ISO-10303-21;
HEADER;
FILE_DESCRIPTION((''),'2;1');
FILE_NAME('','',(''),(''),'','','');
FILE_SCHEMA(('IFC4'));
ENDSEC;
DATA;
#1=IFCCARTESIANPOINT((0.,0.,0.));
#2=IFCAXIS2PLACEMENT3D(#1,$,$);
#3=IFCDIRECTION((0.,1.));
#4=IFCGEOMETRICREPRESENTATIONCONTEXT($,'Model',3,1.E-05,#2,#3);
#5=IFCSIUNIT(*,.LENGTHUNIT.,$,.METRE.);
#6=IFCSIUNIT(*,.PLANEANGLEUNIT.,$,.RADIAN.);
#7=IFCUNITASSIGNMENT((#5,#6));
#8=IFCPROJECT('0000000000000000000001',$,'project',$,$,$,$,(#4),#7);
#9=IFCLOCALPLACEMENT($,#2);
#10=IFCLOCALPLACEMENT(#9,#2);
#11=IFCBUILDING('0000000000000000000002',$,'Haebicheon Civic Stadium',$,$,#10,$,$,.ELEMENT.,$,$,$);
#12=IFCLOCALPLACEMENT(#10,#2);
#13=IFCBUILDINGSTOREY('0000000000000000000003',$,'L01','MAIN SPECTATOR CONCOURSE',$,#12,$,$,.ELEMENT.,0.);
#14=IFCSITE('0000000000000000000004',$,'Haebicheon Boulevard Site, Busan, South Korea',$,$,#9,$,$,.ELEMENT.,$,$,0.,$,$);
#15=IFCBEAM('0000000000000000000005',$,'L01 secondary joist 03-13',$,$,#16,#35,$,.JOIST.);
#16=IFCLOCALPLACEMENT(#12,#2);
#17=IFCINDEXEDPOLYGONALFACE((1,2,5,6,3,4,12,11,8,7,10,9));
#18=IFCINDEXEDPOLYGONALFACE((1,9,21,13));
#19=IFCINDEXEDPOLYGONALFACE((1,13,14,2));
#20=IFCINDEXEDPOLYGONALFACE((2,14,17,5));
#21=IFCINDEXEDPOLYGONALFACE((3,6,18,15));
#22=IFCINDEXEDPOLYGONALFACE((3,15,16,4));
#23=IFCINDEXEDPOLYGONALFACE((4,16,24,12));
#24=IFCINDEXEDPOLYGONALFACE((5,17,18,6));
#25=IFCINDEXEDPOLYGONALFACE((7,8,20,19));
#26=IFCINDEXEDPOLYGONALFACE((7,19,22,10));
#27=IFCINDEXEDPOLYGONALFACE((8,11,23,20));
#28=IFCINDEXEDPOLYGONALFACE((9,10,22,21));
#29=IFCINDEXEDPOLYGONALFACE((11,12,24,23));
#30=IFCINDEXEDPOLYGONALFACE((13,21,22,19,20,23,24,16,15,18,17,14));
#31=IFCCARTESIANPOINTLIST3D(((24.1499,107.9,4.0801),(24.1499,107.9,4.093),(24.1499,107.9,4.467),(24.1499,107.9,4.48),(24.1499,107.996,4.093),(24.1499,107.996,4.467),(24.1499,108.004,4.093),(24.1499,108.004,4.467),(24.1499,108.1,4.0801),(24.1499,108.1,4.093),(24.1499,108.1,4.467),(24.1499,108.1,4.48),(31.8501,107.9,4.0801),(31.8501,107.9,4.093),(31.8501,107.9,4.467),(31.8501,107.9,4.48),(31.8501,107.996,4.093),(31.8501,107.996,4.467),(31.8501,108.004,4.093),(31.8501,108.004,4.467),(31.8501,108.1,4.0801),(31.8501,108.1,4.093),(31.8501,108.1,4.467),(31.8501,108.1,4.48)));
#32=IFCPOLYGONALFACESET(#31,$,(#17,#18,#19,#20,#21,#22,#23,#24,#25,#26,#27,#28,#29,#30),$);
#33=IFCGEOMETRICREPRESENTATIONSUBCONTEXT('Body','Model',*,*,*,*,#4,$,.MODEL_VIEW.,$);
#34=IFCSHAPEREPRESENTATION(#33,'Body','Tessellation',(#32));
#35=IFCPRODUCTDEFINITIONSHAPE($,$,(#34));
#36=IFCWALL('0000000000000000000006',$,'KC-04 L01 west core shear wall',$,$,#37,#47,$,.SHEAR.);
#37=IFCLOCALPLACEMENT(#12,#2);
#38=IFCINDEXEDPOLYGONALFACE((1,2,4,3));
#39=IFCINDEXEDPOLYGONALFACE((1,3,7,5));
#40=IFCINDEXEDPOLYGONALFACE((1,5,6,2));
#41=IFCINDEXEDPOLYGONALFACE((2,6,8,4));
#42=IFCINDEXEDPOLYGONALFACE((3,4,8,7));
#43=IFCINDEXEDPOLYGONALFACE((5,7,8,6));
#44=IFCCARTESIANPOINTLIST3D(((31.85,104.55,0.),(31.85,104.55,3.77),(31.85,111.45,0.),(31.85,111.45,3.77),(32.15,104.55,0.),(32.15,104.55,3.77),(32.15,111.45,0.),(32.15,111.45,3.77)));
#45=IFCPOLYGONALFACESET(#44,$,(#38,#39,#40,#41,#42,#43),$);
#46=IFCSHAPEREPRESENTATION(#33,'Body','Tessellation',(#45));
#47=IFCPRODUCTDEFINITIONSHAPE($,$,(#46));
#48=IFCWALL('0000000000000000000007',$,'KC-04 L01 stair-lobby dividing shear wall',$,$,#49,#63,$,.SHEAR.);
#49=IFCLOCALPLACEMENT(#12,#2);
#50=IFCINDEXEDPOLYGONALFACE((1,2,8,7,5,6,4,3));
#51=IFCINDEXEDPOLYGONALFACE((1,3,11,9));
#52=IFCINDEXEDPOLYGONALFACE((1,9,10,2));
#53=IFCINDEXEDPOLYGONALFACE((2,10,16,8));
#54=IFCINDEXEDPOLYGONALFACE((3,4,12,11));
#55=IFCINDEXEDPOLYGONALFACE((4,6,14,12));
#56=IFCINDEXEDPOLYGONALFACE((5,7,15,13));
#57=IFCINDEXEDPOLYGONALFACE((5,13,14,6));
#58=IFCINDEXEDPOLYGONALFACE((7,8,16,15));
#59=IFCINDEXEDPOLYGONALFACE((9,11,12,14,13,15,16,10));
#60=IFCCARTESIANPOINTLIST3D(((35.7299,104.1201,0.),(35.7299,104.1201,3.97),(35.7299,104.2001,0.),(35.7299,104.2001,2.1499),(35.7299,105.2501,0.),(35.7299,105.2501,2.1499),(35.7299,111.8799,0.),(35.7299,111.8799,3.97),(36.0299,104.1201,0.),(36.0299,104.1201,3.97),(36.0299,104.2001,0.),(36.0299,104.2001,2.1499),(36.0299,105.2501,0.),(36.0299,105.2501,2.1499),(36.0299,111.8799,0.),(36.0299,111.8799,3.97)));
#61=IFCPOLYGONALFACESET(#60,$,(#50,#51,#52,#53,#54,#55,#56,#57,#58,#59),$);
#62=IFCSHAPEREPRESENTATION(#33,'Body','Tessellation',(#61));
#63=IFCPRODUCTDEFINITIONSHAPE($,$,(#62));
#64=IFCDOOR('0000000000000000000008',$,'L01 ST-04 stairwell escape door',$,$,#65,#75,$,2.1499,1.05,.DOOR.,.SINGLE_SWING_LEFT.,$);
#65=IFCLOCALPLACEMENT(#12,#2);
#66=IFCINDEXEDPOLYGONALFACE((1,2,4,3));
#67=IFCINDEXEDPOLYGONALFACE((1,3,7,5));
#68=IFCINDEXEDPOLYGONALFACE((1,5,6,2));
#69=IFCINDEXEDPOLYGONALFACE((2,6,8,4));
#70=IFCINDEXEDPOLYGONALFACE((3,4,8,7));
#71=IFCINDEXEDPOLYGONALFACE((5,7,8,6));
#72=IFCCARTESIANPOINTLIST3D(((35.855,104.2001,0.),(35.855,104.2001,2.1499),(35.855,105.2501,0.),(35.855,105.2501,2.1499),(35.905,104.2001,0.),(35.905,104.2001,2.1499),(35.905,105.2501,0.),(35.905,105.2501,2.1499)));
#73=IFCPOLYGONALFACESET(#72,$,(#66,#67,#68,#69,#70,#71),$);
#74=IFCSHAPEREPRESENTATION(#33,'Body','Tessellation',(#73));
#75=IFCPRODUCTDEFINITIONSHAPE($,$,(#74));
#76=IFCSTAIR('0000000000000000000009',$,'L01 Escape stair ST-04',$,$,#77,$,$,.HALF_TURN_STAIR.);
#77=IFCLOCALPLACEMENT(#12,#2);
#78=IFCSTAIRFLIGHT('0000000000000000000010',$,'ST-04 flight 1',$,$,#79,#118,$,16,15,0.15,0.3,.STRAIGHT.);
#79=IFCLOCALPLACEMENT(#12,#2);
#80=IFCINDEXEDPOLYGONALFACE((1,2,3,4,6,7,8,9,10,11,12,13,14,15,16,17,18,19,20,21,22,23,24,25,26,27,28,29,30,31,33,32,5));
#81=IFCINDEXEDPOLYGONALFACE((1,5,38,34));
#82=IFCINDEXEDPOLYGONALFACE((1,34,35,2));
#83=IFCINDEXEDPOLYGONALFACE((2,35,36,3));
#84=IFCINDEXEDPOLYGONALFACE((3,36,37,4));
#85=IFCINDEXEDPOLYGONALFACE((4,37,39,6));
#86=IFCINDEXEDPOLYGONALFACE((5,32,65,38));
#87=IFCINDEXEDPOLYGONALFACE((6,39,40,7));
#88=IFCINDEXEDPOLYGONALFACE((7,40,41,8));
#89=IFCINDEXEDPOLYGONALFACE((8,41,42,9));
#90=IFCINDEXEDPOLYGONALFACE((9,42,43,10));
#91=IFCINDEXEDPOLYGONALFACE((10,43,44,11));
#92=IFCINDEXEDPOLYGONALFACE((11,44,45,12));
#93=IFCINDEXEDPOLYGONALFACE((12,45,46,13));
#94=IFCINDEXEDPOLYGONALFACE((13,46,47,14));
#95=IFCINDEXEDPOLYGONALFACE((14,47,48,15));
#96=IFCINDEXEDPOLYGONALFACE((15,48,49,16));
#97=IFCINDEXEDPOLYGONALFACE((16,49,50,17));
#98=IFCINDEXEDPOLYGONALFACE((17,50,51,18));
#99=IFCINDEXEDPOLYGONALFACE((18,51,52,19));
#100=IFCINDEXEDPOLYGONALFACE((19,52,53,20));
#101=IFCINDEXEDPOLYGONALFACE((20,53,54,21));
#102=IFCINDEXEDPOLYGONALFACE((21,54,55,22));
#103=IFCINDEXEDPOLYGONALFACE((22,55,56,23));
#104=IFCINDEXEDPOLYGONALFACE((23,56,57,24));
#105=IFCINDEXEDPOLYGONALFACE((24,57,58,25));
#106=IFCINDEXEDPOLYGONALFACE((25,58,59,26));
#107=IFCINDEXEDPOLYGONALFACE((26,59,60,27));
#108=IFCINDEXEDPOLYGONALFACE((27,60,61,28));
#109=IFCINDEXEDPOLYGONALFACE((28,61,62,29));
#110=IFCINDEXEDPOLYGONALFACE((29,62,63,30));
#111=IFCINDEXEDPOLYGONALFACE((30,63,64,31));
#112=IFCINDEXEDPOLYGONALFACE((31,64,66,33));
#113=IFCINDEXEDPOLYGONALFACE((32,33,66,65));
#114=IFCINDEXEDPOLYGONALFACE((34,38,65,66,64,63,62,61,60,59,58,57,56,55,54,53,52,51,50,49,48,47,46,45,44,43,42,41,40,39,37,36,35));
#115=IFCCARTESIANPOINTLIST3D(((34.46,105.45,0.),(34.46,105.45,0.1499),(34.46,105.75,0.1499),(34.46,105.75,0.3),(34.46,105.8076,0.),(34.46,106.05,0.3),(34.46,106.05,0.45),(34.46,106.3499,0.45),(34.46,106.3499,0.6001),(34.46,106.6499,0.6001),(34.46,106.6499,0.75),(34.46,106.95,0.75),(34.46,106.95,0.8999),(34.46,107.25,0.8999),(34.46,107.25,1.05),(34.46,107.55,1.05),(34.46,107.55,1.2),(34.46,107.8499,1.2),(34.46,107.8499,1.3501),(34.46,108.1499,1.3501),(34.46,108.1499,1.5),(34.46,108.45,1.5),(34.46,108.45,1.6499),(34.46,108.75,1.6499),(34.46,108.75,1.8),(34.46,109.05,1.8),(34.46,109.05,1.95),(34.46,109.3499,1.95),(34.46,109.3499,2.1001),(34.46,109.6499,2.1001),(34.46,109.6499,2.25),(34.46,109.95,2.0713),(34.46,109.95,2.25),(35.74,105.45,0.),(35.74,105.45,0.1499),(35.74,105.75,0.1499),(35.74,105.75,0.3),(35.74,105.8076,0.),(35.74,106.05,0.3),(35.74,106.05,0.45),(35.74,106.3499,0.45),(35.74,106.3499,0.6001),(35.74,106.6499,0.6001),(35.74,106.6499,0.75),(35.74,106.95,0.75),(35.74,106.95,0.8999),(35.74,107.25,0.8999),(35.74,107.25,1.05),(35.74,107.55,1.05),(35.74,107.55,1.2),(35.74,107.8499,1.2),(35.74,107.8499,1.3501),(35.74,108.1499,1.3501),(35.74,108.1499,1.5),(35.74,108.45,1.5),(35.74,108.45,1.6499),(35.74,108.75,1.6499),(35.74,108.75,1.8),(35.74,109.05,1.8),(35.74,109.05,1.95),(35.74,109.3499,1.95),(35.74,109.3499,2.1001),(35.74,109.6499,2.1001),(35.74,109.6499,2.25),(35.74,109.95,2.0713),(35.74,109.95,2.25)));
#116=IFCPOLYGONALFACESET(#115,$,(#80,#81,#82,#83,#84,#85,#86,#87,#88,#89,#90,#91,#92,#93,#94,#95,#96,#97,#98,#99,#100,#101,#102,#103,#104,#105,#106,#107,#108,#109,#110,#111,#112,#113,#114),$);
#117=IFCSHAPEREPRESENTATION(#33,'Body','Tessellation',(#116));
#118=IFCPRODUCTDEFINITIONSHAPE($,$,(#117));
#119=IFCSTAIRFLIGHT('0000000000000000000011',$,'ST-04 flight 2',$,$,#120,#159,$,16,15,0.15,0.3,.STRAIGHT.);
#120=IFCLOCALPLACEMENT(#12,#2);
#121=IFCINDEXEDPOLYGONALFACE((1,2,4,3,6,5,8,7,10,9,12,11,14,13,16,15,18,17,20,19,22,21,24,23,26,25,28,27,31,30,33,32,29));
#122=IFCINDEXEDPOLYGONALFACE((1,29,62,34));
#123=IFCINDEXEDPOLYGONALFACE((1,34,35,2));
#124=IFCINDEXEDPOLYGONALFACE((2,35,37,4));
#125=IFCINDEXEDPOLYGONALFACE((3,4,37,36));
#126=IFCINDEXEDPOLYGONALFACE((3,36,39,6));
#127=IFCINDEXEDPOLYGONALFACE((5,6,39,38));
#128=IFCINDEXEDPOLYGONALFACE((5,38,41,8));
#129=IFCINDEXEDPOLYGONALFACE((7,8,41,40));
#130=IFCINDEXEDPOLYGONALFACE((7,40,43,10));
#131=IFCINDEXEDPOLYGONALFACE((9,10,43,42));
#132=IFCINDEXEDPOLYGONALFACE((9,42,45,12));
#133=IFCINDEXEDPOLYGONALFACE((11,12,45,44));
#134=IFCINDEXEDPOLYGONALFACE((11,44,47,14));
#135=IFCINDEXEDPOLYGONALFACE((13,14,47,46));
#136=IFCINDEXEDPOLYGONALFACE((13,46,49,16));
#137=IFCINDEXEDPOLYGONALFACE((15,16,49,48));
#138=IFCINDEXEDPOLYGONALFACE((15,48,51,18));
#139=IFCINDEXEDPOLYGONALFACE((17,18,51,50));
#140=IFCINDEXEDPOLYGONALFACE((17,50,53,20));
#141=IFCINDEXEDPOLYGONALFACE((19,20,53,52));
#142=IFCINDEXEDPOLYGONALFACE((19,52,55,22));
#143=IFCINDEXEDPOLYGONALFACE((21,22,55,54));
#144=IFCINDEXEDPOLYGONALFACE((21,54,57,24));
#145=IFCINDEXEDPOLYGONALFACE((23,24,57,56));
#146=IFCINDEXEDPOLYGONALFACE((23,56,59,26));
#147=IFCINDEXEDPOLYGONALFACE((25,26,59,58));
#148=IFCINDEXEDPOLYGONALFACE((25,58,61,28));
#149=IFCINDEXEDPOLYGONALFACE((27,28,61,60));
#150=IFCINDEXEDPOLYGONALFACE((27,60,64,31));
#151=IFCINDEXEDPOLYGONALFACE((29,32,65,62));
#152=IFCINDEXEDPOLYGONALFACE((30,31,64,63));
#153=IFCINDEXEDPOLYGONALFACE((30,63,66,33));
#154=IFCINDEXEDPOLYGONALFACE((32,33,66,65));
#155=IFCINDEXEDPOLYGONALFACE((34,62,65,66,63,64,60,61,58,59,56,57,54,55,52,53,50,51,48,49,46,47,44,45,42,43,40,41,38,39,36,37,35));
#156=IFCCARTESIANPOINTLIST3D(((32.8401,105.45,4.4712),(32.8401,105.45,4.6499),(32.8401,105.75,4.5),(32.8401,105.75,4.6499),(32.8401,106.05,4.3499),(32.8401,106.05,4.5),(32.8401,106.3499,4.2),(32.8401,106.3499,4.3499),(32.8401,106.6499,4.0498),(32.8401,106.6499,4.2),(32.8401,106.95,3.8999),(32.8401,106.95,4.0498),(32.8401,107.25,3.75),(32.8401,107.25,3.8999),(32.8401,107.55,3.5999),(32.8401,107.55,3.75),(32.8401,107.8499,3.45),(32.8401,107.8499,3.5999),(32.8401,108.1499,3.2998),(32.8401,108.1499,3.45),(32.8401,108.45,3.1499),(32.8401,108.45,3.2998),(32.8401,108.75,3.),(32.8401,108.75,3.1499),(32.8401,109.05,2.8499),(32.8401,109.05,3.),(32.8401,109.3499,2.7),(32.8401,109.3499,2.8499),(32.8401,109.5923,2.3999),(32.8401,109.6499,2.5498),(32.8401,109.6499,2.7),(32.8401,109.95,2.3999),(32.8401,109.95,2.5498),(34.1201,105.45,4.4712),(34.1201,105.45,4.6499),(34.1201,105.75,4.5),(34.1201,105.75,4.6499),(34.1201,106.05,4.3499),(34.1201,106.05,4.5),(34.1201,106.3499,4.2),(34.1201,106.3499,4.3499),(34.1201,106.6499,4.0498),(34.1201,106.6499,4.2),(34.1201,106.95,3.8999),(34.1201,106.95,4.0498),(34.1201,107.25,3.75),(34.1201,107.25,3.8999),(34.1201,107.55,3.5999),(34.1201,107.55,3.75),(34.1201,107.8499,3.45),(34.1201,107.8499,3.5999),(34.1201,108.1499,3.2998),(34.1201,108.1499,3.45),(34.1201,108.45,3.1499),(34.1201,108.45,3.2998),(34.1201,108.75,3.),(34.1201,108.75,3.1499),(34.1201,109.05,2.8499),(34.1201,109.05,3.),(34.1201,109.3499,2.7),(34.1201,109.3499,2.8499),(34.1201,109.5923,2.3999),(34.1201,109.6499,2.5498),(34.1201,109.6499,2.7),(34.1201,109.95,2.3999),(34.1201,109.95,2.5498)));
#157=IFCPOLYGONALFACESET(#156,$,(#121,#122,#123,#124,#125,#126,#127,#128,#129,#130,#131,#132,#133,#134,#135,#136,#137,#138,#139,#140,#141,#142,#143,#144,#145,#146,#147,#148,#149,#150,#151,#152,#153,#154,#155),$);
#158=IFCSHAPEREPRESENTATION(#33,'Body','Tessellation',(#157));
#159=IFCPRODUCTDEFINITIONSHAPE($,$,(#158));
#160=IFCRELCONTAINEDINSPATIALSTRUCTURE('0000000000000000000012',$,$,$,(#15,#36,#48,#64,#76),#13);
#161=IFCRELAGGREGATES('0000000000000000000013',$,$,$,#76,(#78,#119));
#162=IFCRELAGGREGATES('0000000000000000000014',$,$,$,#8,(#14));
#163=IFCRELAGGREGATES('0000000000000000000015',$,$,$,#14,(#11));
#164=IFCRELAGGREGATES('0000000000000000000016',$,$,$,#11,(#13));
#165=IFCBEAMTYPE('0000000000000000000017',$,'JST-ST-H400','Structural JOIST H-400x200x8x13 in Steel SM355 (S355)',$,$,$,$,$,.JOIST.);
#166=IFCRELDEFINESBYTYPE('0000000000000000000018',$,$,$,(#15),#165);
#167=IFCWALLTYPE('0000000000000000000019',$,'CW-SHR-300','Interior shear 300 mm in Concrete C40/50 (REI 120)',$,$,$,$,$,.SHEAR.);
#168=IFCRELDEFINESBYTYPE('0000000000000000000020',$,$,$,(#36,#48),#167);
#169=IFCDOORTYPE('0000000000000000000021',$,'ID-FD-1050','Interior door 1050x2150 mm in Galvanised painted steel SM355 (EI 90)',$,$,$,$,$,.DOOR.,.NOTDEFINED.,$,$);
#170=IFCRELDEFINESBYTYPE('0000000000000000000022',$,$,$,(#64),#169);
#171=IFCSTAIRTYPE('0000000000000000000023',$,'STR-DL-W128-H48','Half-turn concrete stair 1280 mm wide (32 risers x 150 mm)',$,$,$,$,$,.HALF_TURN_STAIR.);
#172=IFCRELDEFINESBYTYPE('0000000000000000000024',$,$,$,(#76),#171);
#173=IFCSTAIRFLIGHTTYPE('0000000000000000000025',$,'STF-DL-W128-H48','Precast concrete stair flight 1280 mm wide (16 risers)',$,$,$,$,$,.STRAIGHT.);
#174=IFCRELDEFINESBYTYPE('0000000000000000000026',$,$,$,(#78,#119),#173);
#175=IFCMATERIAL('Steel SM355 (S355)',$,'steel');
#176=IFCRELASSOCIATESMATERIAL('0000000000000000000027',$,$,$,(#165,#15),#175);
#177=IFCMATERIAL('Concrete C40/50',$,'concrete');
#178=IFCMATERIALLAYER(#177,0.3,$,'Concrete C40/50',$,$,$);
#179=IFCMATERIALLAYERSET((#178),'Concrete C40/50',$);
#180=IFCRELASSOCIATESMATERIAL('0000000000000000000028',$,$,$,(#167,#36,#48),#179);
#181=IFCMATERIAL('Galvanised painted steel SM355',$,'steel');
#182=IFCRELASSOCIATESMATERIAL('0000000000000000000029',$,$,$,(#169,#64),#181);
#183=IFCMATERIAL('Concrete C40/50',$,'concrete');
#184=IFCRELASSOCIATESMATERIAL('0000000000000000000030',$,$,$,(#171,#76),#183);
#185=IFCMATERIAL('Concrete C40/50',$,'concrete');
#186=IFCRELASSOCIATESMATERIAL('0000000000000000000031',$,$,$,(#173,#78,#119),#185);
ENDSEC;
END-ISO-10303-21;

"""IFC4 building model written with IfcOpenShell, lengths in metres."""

from ifc_helpers import new_model, si_unit, direction, frame, frame_2d, origin, origin_2d, place, context, subcontext, project, spatial, polyline, rectangle, i_section, outline, extrude, material, layer, layer_set, material_profile, profile_set, type_object, element, fill, aggregate, save


model = new_model("IFC4")

# Units and contexts
model_context = context("Model", 3, precision=1e-05, world=origin(), true_north=direction((0.0, 1.0)))
body_context = subcontext(model_context, "Body", "Model", "MODEL_VIEW")
ifc_project = project(units=[si_unit("LENGTHUNIT", "METRE"), si_unit("PLANEANGLEUNIT", "RADIAN")], contexts=[model_context])

# Site, building, storey
site_placement = place(None, origin())
site = spatial("IfcSite", under=ifc_project, at=site_placement, Name="Haebicheon Boulevard Site, Busan, South Korea", CompositionType="ELEMENT", RefElevation=0.0)
building_placement = place(site_placement, origin())
building = spatial("IfcBuilding", under=site, at=building_placement, Name="Haebicheon Civic Stadium", CompositionType="ELEMENT")
storey_placement = place(building_placement, origin())
storey = spatial("IfcBuildingStorey", under=building, at=storey_placement, Name="L01", Description="MAIN SPECTATOR CONCOURSE", CompositionType="ELEMENT", Elevation=0.0)

# Beam
ifc_material_1 = material(Name="Steel SM355 (S355)", Category="steel")
ifc_material_profile = material_profile(ifc_material_1, i_section(OverallWidth=0.2, OverallDepth=0.3999, WebThickness=0.0081, FlangeThickness=0.0129, at=origin_2d()), Name="H-400x200x8x13")
ifc_profile_set = profile_set([ifc_material_profile], Name="Steel SM355 (S355)")
beam_type = type_object("IfcBeamType", Name="JST-ST-H400", Description="Structural JOIST H-400x200x8x13 in Steel SM355 (S355)", PredefinedType="JOIST", material=ifc_profile_set)
beam_placement = place(storey_placement, frame((24.1499, 108.0, 4.28), z_axis=(1.0, 0.0, 0.0), x_axis=(0.0, 1.0, 0.0)))
element("IfcBeam", 1, at=beam_placement, inside=storey, type_object=beam_type, material=ifc_profile_set, Name="L01 secondary joist 03-13", PredefinedType="JOIST", context=body_context, shape_type="SweptSolid", body=[
    extrude(i_section(OverallWidth=0.2, OverallDepth=0.3999, WebThickness=0.0081, FlangeThickness=0.0129, at=origin_2d()), origin(), (0.0, 0.0, 1.0), 7.7002),
])

# Wall
ifc_material_2 = material(Name="Concrete C40/50", Category="concrete")
ifc_layer = layer(ifc_material_2, 0.3, Name="Concrete C40/50")
ifc_layer_set = layer_set([ifc_layer], Name="Concrete C40/50")
wall_type = type_object("IfcWallType", Name="CW-SHR-300", Description="Interior shear 300 mm in Concrete C40/50 (REI 120)", PredefinedType="SHEAR", material=ifc_layer_set)
wall_1_placement = place(storey_placement, frame((32.0, 104.55, 0.0), z_axis=(0.0, 0.0, 1.0), x_axis=(0.0, 1.0, 0.0)))
element("IfcWall", 2, at=wall_1_placement, inside=storey, type_object=wall_type, material=ifc_layer_set, Name="KC-04 L01 west core shear wall", PredefinedType="SHEAR", context=body_context, shape_type="SweptSolid", body=[
    extrude(rectangle(XDim=6.8999, YDim=0.3, at=frame_2d((3.45, 0.0))), origin(), (0.0, 0.0, 1.0), 3.77),
])

# Wall, opening, door
wall_2_placement = place(storey_placement, frame((35.8799, 104.1201, 0.0), z_axis=(0.0, 0.0, 1.0), x_axis=(0.0, 1.0, 0.0)))
wall_2 = element("IfcWall", 3, at=wall_2_placement, inside=storey, type_object=wall_type, material=ifc_layer_set, Name="KC-04 L01 stair-lobby dividing shear wall", PredefinedType="SHEAR", context=body_context, shape_type="SweptSolid", body=[
    extrude(rectangle(XDim=7.7598, YDim=0.3, at=frame_2d((3.8799, 0.0))), origin(), (0.0, 0.0, 1.0), 3.97),
])
opening_1_placement = place(wall_2_placement, frame((0.0801, 0.0, 0.0)))
opening_1 = element("IfcOpeningElement", 4, at=opening_1_placement, cuts=wall_2, PredefinedType="OPENING", context=body_context, shape_type="SweptSolid", body=[
    extrude(rectangle(XDim=1.05, YDim=2.1499, at=frame_2d((0.5249, 1.075))), frame((0.0, 0.1599, 0.0), z_axis=(0.0, -1.0, 0.0), x_axis=(1.0, 0.0, 0.0)), (0.0, 0.0, 1.0), 0.3201),
])
ifc_material_3 = material(Name="Galvanised painted steel SM355", Category="steel")
door_type_1 = type_object("IfcDoorType", Name="ID-FD-1050", Description="Interior door 1050x2150 mm in Galvanised painted steel SM355 (EI 90)", OperationType="NOTDEFINED", PredefinedType="DOOR", material=ifc_material_3)
door_1_placement = place(opening_1_placement, origin())
door_1 = element("IfcDoor", 5, at=door_1_placement, inside=storey, type_object=door_type_1, material=ifc_material_3, Name="L01 ST-04 stairwell escape door", OperationType="SINGLE_SWING_LEFT", OverallHeight=2.1499, OverallWidth=1.05, PredefinedType="DOOR", context=body_context, shape_type="SweptSolid", body=[
    extrude(rectangle(XDim=1.05, YDim=2.1499, at=frame_2d((0.5249, 1.075))), frame((0.0, 0.0249, 0.0), z_axis=(0.0, -1.0, 0.0), x_axis=(1.0, 0.0, 0.0)), (0.0, 0.0, 1.0), 0.05),
])
fill(opening_1, door_1)

# Stair, stair flights
ifc_material_4 = material(Name="Concrete C40/50", Category="concrete")
stair_type = type_object("IfcStairType", Name="STR-DL-W128-H48", Description="Half-turn concrete stair 1280 mm wide (32 risers x 150 mm)", PredefinedType="HALF_TURN_STAIR", material=ifc_material_4)
stair_placement = place(storey_placement, origin())
stair = element("IfcStair", 6, at=stair_placement, inside=storey, type_object=stair_type, material=ifc_material_4, Name="L01 Escape stair ST-04", PredefinedType="HALF_TURN_STAIR")
ifc_material_5 = material(Name="Concrete C40/50", Category="concrete")
stair_flight_type = type_object("IfcStairFlightType", Name="STF-DL-W128-H48", Description="Precast concrete stair flight 1280 mm wide (16 risers)", PredefinedType="STRAIGHT", material=ifc_material_5)
stair_flight_1_placement = place(storey_placement, frame((35.1001, 105.45, 0.0), z_axis=(0.0, 0.0, 1.0), x_axis=(0.0, 1.0, 0.0)))
stair_flight_1 = element("IfcStairFlight", 7, at=stair_flight_1_placement, type_object=stair_flight_type, material=ifc_material_5, Name="ST-04 flight 1", NumberOfRisers=16, NumberOfTreads=15, PredefinedType="STRAIGHT", RiserHeight=0.15, TreadLength=0.3, context=body_context, shape_type="SweptSolid", body=[
    extrude(outline(polyline([(0.0, 0.0), (0.0, 0.1499), (0.3, 0.1499), (0.3, 0.3), (0.6001, 0.3), (0.6001, 0.45), (0.8999, 0.45), (0.8999, 0.6001), (1.2, 0.6001), (1.2, 0.75), (1.5, 0.75), (1.5, 0.8999), (1.8, 0.8999), (1.8, 1.05), (2.1001, 1.05), (2.1001, 1.2), (2.3999, 1.2), (2.3999, 1.3501), (2.7, 1.3501), (2.7, 1.5), (3.0, 1.5), (3.0, 1.6499), (3.3, 1.6499), (3.3, 1.8), (3.6001, 1.8), (3.6001, 1.95), (3.8999, 1.95), (3.8999, 2.1001), (4.2, 2.1001), (4.2, 2.25), (4.5, 2.25), (4.5, 2.3999), (4.5, 2.0713), (0.3577, 0.0), (0.0, 0.0)])), frame((0.0, 0.6401, 0.0), z_axis=(0.0, -1.0, 0.0), x_axis=(1.0, 0.0, 0.0)), (0.0, 0.0, 1.0), 1.28),
])
stair_flight_2_placement = place(storey_placement, frame((33.48, 109.95, 2.3999), z_axis=(0.0, 0.0, 1.0), x_axis=(0.0, -1.0, 0.0)))
stair_flight_2 = element("IfcStairFlight", 8, at=stair_flight_2_placement, type_object=stair_flight_type, material=ifc_material_5, Name="ST-04 flight 2", NumberOfRisers=16, NumberOfTreads=15, PredefinedType="STRAIGHT", RiserHeight=0.15, TreadLength=0.3, context=body_context, shape_type="SweptSolid", body=[
    extrude(outline(polyline([(0.0, 0.0), (0.0, 0.1499), (0.3, 0.1499), (0.3, 0.3), (0.6001, 0.3), (0.6001, 0.45), (0.8999, 0.45), (0.8999, 0.6001), (1.2, 0.6001), (1.2, 0.75), (1.5, 0.75), (1.5, 0.8999), (1.8, 0.8999), (1.8, 1.05), (2.1001, 1.05), (2.1001, 1.2), (2.3999, 1.2), (2.3999, 1.3501), (2.7, 1.3501), (2.7, 1.5), (3.0, 1.5), (3.0, 1.6499), (3.3, 1.6499), (3.3, 1.8), (3.6001, 1.8), (3.6001, 1.95), (3.8999, 1.95), (3.8999, 2.1001), (4.2, 2.1001), (4.2, 2.25), (4.5, 2.25), (4.5, 2.3999), (4.5, 2.0713), (0.3577, 0.0), (0.0, 0.0)])), frame((0.0, 0.6401, 0.0), z_axis=(0.0, -1.0, 0.0), x_axis=(1.0, 0.0, 0.0)), (0.0, 0.0, 1.0), 1.28),
])
aggregate(stair, [stair_flight_1, stair_flight_2])

save(model, "model.ifc")
